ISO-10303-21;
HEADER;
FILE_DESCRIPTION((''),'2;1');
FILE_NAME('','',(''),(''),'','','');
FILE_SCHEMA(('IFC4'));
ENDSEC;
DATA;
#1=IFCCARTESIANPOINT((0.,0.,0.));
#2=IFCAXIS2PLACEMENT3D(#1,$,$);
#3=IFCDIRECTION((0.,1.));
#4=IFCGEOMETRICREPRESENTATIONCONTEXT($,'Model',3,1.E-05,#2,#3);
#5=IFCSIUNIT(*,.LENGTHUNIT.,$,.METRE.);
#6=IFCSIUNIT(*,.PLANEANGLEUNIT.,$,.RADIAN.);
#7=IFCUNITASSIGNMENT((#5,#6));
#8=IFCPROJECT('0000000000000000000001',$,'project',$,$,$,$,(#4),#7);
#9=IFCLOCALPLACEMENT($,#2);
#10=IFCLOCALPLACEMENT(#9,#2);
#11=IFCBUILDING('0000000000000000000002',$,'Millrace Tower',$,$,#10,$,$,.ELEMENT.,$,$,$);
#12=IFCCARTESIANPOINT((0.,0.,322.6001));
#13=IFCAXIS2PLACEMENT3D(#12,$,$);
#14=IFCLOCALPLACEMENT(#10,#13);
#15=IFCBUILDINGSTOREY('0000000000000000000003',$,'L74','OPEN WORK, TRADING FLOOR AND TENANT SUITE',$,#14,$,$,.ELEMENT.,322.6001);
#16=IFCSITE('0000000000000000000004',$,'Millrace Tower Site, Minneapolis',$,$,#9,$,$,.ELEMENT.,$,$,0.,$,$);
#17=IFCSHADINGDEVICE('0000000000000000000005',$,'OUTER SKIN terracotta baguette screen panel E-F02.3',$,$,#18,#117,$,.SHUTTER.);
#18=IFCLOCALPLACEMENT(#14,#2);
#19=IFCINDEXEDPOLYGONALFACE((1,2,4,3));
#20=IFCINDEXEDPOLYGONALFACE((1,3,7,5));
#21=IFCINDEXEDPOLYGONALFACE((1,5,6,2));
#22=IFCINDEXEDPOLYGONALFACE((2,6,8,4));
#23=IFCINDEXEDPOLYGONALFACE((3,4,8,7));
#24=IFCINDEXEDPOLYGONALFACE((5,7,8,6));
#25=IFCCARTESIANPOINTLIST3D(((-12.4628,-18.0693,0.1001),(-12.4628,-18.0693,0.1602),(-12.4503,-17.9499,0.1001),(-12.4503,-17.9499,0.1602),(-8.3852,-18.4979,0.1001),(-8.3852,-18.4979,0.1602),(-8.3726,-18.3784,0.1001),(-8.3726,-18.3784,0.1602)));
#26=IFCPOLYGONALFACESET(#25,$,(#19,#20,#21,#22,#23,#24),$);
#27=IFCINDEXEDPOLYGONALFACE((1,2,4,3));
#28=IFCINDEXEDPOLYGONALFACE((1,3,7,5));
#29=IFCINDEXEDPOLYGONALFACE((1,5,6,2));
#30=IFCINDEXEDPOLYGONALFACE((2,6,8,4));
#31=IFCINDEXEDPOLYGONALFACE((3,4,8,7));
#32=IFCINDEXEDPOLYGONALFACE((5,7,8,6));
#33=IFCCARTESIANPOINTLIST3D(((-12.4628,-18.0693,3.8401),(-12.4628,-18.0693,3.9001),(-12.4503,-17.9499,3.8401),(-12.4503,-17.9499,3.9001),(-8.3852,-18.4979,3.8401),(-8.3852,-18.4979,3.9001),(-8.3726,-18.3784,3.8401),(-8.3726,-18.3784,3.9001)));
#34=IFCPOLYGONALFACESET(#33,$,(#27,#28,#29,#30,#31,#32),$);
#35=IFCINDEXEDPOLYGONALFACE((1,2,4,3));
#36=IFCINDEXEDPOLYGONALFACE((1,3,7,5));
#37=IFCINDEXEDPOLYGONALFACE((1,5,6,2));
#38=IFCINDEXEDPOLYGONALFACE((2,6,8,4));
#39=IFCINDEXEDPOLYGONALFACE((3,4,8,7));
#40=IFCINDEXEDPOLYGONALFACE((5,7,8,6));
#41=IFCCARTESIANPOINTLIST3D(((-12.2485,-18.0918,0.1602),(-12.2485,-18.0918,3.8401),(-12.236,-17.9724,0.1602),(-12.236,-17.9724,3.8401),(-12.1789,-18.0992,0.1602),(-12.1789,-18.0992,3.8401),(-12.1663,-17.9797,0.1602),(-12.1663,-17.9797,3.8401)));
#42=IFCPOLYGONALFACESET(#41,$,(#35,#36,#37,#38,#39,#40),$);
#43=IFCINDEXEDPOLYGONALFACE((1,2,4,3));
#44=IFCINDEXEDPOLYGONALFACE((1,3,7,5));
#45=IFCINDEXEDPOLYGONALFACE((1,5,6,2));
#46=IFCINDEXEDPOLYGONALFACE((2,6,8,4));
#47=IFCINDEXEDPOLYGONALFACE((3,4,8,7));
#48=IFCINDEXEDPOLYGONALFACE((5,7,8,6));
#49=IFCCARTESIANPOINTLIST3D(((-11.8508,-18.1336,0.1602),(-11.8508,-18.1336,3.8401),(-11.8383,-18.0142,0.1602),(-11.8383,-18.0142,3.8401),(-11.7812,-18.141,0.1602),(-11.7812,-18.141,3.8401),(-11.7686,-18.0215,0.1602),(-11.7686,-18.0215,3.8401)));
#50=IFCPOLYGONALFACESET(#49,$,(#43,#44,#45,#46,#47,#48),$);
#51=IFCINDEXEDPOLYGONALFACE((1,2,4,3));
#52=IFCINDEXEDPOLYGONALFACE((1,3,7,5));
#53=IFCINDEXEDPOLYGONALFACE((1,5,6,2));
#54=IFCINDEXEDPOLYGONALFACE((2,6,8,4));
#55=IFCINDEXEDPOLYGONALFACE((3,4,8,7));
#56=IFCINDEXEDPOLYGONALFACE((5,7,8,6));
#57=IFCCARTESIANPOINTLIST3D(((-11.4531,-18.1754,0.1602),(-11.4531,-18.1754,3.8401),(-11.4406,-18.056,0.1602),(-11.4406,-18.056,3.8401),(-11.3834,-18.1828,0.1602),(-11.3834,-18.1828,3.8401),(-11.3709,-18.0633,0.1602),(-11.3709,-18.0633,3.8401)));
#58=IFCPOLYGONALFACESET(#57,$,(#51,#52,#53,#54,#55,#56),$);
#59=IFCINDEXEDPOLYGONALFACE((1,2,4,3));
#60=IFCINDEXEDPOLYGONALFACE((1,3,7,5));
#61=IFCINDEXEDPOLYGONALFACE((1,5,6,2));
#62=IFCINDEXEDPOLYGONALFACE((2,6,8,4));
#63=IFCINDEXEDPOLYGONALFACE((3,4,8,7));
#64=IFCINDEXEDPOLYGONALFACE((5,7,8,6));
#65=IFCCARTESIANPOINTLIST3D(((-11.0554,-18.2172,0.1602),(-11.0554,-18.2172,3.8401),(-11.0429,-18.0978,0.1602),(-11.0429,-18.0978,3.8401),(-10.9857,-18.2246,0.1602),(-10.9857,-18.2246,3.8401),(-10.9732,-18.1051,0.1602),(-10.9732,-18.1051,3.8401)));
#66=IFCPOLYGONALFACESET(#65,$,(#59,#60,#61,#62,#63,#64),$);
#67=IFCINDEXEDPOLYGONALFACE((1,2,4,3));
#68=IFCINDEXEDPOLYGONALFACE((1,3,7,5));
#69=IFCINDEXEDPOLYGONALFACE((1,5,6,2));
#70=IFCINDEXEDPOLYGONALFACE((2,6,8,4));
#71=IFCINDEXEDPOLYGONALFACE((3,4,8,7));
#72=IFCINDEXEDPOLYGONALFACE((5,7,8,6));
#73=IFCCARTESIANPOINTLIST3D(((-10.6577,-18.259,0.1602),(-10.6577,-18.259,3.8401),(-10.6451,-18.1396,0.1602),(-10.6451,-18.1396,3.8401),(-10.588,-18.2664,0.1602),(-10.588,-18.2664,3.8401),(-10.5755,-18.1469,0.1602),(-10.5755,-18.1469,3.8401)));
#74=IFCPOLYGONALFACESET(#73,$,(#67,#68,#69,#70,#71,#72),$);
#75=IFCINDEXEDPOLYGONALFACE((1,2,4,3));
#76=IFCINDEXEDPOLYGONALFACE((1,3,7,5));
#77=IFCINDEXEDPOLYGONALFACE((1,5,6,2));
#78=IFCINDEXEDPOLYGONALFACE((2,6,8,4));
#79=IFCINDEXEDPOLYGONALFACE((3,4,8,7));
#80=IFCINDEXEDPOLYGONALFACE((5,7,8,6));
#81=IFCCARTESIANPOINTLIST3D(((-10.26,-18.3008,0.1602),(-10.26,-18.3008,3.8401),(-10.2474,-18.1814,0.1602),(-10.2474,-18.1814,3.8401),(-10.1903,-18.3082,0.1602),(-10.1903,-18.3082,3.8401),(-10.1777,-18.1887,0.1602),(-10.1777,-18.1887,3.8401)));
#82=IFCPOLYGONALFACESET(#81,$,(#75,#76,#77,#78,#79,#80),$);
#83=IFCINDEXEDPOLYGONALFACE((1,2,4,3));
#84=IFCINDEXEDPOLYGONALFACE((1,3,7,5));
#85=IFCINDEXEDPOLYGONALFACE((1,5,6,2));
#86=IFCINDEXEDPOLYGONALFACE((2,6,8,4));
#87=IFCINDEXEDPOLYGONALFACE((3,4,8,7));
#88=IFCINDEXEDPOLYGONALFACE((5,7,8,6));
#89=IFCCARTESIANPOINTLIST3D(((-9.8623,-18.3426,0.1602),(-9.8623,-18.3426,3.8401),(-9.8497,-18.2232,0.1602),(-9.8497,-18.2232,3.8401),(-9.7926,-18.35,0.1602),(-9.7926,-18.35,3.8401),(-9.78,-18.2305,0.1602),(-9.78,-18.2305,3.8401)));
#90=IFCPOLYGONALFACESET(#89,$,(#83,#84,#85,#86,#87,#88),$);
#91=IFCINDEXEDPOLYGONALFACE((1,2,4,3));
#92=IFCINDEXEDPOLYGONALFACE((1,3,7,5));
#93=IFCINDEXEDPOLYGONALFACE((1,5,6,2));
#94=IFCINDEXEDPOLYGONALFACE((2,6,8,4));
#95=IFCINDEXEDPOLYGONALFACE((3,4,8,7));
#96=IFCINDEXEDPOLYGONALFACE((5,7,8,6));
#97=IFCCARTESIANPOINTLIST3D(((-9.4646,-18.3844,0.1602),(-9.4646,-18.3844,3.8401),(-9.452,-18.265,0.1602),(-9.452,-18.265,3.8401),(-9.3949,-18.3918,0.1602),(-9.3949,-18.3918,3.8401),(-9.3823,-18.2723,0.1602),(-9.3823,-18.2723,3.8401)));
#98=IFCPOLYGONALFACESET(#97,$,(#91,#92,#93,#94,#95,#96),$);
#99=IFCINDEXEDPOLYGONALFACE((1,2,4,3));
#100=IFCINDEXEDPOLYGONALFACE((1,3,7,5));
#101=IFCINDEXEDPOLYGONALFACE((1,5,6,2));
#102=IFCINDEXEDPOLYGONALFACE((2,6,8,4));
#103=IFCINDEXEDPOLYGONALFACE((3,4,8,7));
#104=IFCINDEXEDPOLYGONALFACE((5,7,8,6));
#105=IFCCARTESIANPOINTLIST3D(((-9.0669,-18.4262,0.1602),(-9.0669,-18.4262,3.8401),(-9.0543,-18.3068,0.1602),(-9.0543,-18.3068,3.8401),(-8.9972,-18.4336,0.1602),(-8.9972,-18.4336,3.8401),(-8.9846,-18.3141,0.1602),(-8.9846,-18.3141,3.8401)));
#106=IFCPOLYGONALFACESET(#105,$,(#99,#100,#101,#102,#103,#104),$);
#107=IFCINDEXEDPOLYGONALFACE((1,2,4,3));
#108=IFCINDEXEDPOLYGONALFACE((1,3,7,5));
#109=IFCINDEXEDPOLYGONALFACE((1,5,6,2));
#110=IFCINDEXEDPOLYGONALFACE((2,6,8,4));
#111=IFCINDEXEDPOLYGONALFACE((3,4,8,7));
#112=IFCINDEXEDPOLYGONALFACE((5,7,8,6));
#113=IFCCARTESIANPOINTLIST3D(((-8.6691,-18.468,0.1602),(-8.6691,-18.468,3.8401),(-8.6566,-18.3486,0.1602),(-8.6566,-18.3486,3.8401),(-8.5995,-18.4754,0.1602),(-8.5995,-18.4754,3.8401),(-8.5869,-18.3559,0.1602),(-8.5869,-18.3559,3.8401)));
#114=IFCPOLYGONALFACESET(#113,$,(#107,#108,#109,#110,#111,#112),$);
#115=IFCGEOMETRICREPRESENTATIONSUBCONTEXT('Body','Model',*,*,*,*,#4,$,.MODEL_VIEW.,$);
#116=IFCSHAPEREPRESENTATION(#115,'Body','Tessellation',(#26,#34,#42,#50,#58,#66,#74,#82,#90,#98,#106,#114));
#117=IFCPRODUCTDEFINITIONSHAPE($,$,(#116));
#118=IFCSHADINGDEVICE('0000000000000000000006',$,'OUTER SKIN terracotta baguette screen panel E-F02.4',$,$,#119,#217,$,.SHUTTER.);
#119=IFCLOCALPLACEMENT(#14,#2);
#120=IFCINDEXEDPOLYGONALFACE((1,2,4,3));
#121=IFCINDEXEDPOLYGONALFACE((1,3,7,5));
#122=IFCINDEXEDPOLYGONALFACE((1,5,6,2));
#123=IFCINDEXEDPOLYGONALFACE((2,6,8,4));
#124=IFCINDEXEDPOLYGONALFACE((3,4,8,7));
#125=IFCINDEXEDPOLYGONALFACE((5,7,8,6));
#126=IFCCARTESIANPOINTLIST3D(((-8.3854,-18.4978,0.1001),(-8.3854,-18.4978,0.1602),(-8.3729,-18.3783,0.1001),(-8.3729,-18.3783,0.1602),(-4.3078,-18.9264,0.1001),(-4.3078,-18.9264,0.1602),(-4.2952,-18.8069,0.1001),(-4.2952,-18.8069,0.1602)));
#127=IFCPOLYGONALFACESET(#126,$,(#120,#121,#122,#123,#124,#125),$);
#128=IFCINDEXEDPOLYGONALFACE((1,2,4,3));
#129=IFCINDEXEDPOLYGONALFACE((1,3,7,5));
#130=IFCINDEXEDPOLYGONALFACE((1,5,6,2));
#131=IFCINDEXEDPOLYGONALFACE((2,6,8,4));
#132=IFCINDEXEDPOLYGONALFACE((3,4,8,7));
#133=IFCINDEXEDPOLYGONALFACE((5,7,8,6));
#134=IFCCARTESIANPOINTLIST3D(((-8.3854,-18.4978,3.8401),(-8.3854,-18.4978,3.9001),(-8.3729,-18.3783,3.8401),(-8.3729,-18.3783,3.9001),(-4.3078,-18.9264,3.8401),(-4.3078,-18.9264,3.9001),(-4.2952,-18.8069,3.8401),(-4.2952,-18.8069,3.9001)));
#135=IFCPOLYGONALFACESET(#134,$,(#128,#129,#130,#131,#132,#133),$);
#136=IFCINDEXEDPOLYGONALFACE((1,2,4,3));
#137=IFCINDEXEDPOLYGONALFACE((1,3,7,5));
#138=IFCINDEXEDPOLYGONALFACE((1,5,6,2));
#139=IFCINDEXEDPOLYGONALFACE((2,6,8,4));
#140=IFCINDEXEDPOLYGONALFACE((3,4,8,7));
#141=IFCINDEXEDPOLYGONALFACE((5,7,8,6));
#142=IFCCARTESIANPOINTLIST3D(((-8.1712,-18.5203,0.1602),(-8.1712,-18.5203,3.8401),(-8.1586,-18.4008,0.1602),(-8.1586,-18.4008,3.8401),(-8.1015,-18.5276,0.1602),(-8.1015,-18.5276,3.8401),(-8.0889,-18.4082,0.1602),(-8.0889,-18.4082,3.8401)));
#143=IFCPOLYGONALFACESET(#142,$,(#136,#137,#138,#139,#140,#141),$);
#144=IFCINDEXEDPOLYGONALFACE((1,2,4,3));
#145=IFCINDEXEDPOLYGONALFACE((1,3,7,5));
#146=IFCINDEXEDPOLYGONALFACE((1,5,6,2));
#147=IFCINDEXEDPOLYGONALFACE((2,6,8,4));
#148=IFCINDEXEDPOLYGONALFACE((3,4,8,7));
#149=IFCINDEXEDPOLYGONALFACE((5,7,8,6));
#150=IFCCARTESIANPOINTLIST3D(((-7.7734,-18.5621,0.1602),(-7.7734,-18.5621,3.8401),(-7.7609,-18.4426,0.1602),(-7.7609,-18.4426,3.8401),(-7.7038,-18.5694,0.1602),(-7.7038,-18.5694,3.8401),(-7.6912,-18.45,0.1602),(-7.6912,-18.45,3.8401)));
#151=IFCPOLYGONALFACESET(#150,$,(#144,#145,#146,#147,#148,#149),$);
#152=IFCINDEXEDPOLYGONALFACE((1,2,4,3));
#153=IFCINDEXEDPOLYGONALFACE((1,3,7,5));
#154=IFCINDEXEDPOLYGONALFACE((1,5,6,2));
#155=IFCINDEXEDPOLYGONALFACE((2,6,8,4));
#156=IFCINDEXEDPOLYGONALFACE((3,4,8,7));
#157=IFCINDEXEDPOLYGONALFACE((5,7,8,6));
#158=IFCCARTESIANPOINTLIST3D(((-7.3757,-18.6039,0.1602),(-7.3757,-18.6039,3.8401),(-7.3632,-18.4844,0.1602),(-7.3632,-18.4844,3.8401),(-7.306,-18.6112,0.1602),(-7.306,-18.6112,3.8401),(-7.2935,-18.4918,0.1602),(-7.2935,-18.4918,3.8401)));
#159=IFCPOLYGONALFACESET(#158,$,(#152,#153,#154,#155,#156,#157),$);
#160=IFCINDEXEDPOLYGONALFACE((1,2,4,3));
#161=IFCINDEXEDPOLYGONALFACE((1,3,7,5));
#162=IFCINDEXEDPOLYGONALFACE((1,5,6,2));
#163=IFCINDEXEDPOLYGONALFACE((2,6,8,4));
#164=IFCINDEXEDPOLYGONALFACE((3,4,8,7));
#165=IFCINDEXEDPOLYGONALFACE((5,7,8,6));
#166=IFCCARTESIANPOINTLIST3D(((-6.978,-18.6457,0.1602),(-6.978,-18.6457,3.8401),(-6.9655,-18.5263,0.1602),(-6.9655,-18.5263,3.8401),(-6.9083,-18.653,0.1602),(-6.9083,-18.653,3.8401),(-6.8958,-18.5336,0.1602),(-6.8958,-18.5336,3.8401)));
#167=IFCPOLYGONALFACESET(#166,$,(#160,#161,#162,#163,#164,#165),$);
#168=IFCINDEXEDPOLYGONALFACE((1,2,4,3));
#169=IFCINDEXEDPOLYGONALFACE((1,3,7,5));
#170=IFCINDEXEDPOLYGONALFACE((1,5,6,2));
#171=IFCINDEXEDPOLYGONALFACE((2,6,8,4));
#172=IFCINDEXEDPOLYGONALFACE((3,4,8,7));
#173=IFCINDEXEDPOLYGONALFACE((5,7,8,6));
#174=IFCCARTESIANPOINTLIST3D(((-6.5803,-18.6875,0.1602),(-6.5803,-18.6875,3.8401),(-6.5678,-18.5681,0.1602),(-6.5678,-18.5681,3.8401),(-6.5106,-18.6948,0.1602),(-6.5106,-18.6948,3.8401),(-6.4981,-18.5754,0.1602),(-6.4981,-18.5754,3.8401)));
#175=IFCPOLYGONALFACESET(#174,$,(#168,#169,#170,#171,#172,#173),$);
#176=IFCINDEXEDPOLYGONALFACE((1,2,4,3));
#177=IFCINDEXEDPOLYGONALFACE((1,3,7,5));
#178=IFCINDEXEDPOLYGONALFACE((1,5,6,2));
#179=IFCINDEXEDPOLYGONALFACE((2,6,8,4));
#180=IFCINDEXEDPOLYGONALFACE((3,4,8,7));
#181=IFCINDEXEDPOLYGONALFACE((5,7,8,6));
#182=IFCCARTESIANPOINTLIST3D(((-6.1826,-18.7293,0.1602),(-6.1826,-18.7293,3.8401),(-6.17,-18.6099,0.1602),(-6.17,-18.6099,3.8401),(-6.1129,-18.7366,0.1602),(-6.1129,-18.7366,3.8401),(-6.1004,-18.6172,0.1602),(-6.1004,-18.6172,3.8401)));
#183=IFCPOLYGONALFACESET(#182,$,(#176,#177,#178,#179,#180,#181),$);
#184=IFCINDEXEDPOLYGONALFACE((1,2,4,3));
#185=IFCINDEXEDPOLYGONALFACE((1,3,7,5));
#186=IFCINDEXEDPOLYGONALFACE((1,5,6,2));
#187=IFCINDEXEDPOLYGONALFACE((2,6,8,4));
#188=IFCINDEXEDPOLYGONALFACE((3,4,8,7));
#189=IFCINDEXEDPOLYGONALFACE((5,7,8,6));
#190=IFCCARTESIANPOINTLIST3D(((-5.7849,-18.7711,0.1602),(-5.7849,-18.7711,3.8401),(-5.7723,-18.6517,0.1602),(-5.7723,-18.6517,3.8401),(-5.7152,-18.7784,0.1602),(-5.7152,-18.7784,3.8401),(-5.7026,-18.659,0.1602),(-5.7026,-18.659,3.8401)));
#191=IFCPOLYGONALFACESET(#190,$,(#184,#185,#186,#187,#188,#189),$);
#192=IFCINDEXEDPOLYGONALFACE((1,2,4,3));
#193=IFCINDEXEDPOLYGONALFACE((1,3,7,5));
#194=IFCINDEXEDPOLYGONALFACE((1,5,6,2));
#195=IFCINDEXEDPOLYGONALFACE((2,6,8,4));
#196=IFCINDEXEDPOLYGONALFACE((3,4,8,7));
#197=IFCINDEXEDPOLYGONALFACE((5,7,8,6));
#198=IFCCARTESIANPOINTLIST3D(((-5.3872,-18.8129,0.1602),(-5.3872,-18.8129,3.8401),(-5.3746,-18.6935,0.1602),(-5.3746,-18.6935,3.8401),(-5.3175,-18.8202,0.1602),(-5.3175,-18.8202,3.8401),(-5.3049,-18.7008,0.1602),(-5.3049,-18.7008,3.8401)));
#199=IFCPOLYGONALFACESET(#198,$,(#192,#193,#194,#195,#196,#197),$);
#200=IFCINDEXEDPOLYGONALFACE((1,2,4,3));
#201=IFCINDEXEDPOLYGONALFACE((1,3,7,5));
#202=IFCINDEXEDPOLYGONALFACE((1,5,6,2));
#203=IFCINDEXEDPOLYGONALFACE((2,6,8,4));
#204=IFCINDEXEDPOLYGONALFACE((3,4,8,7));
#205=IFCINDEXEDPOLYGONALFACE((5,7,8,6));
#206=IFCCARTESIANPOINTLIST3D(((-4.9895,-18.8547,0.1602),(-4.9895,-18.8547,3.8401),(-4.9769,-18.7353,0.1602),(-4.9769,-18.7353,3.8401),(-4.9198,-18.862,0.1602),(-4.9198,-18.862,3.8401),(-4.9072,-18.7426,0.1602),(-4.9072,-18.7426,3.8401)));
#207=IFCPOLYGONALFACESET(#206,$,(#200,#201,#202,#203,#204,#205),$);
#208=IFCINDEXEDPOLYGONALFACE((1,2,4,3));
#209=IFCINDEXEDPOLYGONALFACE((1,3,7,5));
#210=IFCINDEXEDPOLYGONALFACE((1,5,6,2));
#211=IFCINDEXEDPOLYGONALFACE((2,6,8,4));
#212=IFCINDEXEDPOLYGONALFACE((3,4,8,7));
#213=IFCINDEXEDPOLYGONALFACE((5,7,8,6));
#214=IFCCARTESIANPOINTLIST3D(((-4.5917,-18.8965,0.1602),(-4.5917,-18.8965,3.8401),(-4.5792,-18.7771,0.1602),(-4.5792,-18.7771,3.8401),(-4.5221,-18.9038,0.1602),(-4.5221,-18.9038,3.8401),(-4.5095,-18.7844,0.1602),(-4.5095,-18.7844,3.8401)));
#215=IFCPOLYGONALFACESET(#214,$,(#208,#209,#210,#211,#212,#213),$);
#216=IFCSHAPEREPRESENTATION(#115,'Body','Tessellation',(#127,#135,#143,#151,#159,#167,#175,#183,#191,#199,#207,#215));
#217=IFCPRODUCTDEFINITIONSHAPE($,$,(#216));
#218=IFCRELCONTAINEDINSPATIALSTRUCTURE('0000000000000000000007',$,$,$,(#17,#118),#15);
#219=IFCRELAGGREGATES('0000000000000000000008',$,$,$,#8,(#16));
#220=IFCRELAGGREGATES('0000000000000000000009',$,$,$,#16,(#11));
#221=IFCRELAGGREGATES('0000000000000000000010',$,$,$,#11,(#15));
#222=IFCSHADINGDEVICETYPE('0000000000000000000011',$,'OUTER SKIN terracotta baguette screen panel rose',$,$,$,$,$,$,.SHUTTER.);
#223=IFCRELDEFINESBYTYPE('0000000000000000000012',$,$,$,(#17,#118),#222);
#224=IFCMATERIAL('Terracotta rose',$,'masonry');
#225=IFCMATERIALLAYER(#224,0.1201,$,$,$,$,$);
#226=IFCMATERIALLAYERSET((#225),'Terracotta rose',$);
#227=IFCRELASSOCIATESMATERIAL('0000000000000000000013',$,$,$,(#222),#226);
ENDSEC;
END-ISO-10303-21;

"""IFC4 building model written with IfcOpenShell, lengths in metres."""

from ifc_helpers import new_model, entity, si_unit, direction, frame, frame_2d, origin, place, context, subcontext, project, spatial, rectangle, extrude, source, transform, mapped, material, layer, layer_set, type_object, element, save


model = new_model("IFC4")

# Units and contexts
model_context = context("Model", 3, precision=1e-05, world=origin(), true_north=direction((0.0, 1.0)))
body_context = subcontext(model_context, "Body", "Model", "MODEL_VIEW")
ifc_project = project(units=[si_unit("LENGTHUNIT", "METRE"), si_unit("PLANEANGLEUNIT", "RADIAN")], contexts=[model_context])

# Site, building, storey
site_placement = place(None, origin())
site = spatial("IfcSite", under=ifc_project, at=site_placement, Name="Millrace Tower Site, Minneapolis", CompositionType="ELEMENT", RefElevation=0.0)
building_placement = place(site_placement, origin())
building = spatial("IfcBuilding", under=site, at=building_placement, Name="Millrace Tower", CompositionType="ELEMENT")
storey_placement = place(building_placement, frame((0.0, 0.0, 322.6001)))
storey = spatial("IfcBuildingStorey", under=building, at=storey_placement, Name="L74", Description="OPEN WORK, TRADING FLOOR AND TENANT SUITE", CompositionType="ELEMENT", Elevation=322.6001)

# Shading devices
ifc_material_1 = material(Name="Terracotta rose", Category="masonry")
ifc_layer_1 = layer(ifc_material_1, 0.1201)
ifc_layer_set_1 = layer_set([ifc_layer_1], Name="Terracotta rose")
shading_device_type = type_object("IfcShadingDeviceType", Name="OUTER SKIN terracotta baguette screen panel rose", PredefinedType="SHUTTER", material=ifc_layer_set_1)
cartesian_point = entity("IfcCartesianPoint", [-2.05, 0.0601])
shared_polyline = entity("IfcPolyline", [cartesian_point, entity("IfcCartesianPoint", [2.05, 0.0601]), entity("IfcCartesianPoint", [2.05, -0.0601]), entity("IfcCartesianPoint", [-2.05, -0.0601]), cartesian_point])
shared_shape = source(origin(), body_context, "Body", "SweptSolid", [
    entity("IfcExtrudedAreaSolid", entity("IfcArbitraryClosedProfileDef", "AREA", None, shared_polyline), entity("IfcAxis2Placement3D", entity("IfcCartesianPoint", [0.0, 0.0, 0.0])), entity("IfcDirection", [0.0, 0.0, 1.0]), 0.0601),
    entity("IfcExtrudedAreaSolid", entity("IfcArbitraryClosedProfileDef", "AREA", None, shared_polyline), entity("IfcAxis2Placement3D", entity("IfcCartesianPoint", [0.0, 0.0, 3.74])), entity("IfcDirection", [0.0, 0.0, 1.0]), 0.0601),
    extrude(rectangle(XDim=0.0701, YDim=0.1201, at=frame_2d((-1.7996, 0.0))), frame((0.0, 0.0, 0.0601)), (0.0, 0.0, 1.0), 3.6799),
    extrude(rectangle(XDim=0.0701, YDim=0.1201, at=frame_2d((-1.3997, 0.0))), frame((0.0, 0.0, 0.0601)), (0.0, 0.0, 1.0), 3.6799),
    extrude(rectangle(XDim=0.0701, YDim=0.1201, at=frame_2d((-0.9998, 0.0))), frame((0.0, 0.0, 0.0601)), (0.0, 0.0, 1.0), 3.6799),
    extrude(rectangle(XDim=0.0701, YDim=0.1201, at=frame_2d((-0.5999, 0.0))), frame((0.0, 0.0, 0.0601)), (0.0, 0.0, 1.0), 3.6799),
    extrude(rectangle(XDim=0.0701, YDim=0.1201, at=frame_2d((-0.2, 0.0))), frame((0.0, 0.0, 0.0601)), (0.0, 0.0, 1.0), 3.6799),
    extrude(rectangle(XDim=0.0701, YDim=0.1201, at=frame_2d((0.2, 0.0))), frame((0.0, 0.0, 0.0601)), (0.0, 0.0, 1.0), 3.6799),
    extrude(rectangle(XDim=0.0701, YDim=0.1201, at=frame_2d((0.5999, 0.0))), frame((0.0, 0.0, 0.0601)), (0.0, 0.0, 1.0), 3.6799),
    extrude(rectangle(XDim=0.0701, YDim=0.1201, at=frame_2d((0.9998, 0.0))), frame((0.0, 0.0, 0.0601)), (0.0, 0.0, 1.0), 3.6799),
    extrude(rectangle(XDim=0.0701, YDim=0.1201, at=frame_2d((1.3997, 0.0))), frame((0.0, 0.0, 0.0601)), (0.0, 0.0, 1.0), 3.6799),
    extrude(rectangle(XDim=0.0701, YDim=0.1201, at=frame_2d((1.7996, 0.0))), frame((0.0, 0.0, 0.0601)), (0.0, 0.0, 1.0), 3.6799),
])
for number, where, z_axis, x_axis, name in (
    (1, (-10.4177, -18.2239, 0.1001), (0.0, 0.0, 1.0), (0.994522, -0.104528, 0.0), "OUTER SKIN terracotta baguette screen panel E-F02.3"),
    (2, (-6.3403, -18.6523, 0.1001), (0.0, 0.0, 1.0), (0.994522, -0.104528, 0.0), "OUTER SKIN terracotta baguette screen panel E-F02.4"),
):
    element("IfcShadingDevice", number, at=place(storey_placement, frame(where, z_axis=z_axis, x_axis=x_axis)), inside=storey, type_object=shading_device_type, Name=name, PredefinedType="SHUTTER", context=body_context, shape_type="MappedRepresentation", body=[
        mapped(shared_shape, transform((0.0, 0.0, 0.0), scale=1.0)),
    ])

save(model, "model.ifc")
